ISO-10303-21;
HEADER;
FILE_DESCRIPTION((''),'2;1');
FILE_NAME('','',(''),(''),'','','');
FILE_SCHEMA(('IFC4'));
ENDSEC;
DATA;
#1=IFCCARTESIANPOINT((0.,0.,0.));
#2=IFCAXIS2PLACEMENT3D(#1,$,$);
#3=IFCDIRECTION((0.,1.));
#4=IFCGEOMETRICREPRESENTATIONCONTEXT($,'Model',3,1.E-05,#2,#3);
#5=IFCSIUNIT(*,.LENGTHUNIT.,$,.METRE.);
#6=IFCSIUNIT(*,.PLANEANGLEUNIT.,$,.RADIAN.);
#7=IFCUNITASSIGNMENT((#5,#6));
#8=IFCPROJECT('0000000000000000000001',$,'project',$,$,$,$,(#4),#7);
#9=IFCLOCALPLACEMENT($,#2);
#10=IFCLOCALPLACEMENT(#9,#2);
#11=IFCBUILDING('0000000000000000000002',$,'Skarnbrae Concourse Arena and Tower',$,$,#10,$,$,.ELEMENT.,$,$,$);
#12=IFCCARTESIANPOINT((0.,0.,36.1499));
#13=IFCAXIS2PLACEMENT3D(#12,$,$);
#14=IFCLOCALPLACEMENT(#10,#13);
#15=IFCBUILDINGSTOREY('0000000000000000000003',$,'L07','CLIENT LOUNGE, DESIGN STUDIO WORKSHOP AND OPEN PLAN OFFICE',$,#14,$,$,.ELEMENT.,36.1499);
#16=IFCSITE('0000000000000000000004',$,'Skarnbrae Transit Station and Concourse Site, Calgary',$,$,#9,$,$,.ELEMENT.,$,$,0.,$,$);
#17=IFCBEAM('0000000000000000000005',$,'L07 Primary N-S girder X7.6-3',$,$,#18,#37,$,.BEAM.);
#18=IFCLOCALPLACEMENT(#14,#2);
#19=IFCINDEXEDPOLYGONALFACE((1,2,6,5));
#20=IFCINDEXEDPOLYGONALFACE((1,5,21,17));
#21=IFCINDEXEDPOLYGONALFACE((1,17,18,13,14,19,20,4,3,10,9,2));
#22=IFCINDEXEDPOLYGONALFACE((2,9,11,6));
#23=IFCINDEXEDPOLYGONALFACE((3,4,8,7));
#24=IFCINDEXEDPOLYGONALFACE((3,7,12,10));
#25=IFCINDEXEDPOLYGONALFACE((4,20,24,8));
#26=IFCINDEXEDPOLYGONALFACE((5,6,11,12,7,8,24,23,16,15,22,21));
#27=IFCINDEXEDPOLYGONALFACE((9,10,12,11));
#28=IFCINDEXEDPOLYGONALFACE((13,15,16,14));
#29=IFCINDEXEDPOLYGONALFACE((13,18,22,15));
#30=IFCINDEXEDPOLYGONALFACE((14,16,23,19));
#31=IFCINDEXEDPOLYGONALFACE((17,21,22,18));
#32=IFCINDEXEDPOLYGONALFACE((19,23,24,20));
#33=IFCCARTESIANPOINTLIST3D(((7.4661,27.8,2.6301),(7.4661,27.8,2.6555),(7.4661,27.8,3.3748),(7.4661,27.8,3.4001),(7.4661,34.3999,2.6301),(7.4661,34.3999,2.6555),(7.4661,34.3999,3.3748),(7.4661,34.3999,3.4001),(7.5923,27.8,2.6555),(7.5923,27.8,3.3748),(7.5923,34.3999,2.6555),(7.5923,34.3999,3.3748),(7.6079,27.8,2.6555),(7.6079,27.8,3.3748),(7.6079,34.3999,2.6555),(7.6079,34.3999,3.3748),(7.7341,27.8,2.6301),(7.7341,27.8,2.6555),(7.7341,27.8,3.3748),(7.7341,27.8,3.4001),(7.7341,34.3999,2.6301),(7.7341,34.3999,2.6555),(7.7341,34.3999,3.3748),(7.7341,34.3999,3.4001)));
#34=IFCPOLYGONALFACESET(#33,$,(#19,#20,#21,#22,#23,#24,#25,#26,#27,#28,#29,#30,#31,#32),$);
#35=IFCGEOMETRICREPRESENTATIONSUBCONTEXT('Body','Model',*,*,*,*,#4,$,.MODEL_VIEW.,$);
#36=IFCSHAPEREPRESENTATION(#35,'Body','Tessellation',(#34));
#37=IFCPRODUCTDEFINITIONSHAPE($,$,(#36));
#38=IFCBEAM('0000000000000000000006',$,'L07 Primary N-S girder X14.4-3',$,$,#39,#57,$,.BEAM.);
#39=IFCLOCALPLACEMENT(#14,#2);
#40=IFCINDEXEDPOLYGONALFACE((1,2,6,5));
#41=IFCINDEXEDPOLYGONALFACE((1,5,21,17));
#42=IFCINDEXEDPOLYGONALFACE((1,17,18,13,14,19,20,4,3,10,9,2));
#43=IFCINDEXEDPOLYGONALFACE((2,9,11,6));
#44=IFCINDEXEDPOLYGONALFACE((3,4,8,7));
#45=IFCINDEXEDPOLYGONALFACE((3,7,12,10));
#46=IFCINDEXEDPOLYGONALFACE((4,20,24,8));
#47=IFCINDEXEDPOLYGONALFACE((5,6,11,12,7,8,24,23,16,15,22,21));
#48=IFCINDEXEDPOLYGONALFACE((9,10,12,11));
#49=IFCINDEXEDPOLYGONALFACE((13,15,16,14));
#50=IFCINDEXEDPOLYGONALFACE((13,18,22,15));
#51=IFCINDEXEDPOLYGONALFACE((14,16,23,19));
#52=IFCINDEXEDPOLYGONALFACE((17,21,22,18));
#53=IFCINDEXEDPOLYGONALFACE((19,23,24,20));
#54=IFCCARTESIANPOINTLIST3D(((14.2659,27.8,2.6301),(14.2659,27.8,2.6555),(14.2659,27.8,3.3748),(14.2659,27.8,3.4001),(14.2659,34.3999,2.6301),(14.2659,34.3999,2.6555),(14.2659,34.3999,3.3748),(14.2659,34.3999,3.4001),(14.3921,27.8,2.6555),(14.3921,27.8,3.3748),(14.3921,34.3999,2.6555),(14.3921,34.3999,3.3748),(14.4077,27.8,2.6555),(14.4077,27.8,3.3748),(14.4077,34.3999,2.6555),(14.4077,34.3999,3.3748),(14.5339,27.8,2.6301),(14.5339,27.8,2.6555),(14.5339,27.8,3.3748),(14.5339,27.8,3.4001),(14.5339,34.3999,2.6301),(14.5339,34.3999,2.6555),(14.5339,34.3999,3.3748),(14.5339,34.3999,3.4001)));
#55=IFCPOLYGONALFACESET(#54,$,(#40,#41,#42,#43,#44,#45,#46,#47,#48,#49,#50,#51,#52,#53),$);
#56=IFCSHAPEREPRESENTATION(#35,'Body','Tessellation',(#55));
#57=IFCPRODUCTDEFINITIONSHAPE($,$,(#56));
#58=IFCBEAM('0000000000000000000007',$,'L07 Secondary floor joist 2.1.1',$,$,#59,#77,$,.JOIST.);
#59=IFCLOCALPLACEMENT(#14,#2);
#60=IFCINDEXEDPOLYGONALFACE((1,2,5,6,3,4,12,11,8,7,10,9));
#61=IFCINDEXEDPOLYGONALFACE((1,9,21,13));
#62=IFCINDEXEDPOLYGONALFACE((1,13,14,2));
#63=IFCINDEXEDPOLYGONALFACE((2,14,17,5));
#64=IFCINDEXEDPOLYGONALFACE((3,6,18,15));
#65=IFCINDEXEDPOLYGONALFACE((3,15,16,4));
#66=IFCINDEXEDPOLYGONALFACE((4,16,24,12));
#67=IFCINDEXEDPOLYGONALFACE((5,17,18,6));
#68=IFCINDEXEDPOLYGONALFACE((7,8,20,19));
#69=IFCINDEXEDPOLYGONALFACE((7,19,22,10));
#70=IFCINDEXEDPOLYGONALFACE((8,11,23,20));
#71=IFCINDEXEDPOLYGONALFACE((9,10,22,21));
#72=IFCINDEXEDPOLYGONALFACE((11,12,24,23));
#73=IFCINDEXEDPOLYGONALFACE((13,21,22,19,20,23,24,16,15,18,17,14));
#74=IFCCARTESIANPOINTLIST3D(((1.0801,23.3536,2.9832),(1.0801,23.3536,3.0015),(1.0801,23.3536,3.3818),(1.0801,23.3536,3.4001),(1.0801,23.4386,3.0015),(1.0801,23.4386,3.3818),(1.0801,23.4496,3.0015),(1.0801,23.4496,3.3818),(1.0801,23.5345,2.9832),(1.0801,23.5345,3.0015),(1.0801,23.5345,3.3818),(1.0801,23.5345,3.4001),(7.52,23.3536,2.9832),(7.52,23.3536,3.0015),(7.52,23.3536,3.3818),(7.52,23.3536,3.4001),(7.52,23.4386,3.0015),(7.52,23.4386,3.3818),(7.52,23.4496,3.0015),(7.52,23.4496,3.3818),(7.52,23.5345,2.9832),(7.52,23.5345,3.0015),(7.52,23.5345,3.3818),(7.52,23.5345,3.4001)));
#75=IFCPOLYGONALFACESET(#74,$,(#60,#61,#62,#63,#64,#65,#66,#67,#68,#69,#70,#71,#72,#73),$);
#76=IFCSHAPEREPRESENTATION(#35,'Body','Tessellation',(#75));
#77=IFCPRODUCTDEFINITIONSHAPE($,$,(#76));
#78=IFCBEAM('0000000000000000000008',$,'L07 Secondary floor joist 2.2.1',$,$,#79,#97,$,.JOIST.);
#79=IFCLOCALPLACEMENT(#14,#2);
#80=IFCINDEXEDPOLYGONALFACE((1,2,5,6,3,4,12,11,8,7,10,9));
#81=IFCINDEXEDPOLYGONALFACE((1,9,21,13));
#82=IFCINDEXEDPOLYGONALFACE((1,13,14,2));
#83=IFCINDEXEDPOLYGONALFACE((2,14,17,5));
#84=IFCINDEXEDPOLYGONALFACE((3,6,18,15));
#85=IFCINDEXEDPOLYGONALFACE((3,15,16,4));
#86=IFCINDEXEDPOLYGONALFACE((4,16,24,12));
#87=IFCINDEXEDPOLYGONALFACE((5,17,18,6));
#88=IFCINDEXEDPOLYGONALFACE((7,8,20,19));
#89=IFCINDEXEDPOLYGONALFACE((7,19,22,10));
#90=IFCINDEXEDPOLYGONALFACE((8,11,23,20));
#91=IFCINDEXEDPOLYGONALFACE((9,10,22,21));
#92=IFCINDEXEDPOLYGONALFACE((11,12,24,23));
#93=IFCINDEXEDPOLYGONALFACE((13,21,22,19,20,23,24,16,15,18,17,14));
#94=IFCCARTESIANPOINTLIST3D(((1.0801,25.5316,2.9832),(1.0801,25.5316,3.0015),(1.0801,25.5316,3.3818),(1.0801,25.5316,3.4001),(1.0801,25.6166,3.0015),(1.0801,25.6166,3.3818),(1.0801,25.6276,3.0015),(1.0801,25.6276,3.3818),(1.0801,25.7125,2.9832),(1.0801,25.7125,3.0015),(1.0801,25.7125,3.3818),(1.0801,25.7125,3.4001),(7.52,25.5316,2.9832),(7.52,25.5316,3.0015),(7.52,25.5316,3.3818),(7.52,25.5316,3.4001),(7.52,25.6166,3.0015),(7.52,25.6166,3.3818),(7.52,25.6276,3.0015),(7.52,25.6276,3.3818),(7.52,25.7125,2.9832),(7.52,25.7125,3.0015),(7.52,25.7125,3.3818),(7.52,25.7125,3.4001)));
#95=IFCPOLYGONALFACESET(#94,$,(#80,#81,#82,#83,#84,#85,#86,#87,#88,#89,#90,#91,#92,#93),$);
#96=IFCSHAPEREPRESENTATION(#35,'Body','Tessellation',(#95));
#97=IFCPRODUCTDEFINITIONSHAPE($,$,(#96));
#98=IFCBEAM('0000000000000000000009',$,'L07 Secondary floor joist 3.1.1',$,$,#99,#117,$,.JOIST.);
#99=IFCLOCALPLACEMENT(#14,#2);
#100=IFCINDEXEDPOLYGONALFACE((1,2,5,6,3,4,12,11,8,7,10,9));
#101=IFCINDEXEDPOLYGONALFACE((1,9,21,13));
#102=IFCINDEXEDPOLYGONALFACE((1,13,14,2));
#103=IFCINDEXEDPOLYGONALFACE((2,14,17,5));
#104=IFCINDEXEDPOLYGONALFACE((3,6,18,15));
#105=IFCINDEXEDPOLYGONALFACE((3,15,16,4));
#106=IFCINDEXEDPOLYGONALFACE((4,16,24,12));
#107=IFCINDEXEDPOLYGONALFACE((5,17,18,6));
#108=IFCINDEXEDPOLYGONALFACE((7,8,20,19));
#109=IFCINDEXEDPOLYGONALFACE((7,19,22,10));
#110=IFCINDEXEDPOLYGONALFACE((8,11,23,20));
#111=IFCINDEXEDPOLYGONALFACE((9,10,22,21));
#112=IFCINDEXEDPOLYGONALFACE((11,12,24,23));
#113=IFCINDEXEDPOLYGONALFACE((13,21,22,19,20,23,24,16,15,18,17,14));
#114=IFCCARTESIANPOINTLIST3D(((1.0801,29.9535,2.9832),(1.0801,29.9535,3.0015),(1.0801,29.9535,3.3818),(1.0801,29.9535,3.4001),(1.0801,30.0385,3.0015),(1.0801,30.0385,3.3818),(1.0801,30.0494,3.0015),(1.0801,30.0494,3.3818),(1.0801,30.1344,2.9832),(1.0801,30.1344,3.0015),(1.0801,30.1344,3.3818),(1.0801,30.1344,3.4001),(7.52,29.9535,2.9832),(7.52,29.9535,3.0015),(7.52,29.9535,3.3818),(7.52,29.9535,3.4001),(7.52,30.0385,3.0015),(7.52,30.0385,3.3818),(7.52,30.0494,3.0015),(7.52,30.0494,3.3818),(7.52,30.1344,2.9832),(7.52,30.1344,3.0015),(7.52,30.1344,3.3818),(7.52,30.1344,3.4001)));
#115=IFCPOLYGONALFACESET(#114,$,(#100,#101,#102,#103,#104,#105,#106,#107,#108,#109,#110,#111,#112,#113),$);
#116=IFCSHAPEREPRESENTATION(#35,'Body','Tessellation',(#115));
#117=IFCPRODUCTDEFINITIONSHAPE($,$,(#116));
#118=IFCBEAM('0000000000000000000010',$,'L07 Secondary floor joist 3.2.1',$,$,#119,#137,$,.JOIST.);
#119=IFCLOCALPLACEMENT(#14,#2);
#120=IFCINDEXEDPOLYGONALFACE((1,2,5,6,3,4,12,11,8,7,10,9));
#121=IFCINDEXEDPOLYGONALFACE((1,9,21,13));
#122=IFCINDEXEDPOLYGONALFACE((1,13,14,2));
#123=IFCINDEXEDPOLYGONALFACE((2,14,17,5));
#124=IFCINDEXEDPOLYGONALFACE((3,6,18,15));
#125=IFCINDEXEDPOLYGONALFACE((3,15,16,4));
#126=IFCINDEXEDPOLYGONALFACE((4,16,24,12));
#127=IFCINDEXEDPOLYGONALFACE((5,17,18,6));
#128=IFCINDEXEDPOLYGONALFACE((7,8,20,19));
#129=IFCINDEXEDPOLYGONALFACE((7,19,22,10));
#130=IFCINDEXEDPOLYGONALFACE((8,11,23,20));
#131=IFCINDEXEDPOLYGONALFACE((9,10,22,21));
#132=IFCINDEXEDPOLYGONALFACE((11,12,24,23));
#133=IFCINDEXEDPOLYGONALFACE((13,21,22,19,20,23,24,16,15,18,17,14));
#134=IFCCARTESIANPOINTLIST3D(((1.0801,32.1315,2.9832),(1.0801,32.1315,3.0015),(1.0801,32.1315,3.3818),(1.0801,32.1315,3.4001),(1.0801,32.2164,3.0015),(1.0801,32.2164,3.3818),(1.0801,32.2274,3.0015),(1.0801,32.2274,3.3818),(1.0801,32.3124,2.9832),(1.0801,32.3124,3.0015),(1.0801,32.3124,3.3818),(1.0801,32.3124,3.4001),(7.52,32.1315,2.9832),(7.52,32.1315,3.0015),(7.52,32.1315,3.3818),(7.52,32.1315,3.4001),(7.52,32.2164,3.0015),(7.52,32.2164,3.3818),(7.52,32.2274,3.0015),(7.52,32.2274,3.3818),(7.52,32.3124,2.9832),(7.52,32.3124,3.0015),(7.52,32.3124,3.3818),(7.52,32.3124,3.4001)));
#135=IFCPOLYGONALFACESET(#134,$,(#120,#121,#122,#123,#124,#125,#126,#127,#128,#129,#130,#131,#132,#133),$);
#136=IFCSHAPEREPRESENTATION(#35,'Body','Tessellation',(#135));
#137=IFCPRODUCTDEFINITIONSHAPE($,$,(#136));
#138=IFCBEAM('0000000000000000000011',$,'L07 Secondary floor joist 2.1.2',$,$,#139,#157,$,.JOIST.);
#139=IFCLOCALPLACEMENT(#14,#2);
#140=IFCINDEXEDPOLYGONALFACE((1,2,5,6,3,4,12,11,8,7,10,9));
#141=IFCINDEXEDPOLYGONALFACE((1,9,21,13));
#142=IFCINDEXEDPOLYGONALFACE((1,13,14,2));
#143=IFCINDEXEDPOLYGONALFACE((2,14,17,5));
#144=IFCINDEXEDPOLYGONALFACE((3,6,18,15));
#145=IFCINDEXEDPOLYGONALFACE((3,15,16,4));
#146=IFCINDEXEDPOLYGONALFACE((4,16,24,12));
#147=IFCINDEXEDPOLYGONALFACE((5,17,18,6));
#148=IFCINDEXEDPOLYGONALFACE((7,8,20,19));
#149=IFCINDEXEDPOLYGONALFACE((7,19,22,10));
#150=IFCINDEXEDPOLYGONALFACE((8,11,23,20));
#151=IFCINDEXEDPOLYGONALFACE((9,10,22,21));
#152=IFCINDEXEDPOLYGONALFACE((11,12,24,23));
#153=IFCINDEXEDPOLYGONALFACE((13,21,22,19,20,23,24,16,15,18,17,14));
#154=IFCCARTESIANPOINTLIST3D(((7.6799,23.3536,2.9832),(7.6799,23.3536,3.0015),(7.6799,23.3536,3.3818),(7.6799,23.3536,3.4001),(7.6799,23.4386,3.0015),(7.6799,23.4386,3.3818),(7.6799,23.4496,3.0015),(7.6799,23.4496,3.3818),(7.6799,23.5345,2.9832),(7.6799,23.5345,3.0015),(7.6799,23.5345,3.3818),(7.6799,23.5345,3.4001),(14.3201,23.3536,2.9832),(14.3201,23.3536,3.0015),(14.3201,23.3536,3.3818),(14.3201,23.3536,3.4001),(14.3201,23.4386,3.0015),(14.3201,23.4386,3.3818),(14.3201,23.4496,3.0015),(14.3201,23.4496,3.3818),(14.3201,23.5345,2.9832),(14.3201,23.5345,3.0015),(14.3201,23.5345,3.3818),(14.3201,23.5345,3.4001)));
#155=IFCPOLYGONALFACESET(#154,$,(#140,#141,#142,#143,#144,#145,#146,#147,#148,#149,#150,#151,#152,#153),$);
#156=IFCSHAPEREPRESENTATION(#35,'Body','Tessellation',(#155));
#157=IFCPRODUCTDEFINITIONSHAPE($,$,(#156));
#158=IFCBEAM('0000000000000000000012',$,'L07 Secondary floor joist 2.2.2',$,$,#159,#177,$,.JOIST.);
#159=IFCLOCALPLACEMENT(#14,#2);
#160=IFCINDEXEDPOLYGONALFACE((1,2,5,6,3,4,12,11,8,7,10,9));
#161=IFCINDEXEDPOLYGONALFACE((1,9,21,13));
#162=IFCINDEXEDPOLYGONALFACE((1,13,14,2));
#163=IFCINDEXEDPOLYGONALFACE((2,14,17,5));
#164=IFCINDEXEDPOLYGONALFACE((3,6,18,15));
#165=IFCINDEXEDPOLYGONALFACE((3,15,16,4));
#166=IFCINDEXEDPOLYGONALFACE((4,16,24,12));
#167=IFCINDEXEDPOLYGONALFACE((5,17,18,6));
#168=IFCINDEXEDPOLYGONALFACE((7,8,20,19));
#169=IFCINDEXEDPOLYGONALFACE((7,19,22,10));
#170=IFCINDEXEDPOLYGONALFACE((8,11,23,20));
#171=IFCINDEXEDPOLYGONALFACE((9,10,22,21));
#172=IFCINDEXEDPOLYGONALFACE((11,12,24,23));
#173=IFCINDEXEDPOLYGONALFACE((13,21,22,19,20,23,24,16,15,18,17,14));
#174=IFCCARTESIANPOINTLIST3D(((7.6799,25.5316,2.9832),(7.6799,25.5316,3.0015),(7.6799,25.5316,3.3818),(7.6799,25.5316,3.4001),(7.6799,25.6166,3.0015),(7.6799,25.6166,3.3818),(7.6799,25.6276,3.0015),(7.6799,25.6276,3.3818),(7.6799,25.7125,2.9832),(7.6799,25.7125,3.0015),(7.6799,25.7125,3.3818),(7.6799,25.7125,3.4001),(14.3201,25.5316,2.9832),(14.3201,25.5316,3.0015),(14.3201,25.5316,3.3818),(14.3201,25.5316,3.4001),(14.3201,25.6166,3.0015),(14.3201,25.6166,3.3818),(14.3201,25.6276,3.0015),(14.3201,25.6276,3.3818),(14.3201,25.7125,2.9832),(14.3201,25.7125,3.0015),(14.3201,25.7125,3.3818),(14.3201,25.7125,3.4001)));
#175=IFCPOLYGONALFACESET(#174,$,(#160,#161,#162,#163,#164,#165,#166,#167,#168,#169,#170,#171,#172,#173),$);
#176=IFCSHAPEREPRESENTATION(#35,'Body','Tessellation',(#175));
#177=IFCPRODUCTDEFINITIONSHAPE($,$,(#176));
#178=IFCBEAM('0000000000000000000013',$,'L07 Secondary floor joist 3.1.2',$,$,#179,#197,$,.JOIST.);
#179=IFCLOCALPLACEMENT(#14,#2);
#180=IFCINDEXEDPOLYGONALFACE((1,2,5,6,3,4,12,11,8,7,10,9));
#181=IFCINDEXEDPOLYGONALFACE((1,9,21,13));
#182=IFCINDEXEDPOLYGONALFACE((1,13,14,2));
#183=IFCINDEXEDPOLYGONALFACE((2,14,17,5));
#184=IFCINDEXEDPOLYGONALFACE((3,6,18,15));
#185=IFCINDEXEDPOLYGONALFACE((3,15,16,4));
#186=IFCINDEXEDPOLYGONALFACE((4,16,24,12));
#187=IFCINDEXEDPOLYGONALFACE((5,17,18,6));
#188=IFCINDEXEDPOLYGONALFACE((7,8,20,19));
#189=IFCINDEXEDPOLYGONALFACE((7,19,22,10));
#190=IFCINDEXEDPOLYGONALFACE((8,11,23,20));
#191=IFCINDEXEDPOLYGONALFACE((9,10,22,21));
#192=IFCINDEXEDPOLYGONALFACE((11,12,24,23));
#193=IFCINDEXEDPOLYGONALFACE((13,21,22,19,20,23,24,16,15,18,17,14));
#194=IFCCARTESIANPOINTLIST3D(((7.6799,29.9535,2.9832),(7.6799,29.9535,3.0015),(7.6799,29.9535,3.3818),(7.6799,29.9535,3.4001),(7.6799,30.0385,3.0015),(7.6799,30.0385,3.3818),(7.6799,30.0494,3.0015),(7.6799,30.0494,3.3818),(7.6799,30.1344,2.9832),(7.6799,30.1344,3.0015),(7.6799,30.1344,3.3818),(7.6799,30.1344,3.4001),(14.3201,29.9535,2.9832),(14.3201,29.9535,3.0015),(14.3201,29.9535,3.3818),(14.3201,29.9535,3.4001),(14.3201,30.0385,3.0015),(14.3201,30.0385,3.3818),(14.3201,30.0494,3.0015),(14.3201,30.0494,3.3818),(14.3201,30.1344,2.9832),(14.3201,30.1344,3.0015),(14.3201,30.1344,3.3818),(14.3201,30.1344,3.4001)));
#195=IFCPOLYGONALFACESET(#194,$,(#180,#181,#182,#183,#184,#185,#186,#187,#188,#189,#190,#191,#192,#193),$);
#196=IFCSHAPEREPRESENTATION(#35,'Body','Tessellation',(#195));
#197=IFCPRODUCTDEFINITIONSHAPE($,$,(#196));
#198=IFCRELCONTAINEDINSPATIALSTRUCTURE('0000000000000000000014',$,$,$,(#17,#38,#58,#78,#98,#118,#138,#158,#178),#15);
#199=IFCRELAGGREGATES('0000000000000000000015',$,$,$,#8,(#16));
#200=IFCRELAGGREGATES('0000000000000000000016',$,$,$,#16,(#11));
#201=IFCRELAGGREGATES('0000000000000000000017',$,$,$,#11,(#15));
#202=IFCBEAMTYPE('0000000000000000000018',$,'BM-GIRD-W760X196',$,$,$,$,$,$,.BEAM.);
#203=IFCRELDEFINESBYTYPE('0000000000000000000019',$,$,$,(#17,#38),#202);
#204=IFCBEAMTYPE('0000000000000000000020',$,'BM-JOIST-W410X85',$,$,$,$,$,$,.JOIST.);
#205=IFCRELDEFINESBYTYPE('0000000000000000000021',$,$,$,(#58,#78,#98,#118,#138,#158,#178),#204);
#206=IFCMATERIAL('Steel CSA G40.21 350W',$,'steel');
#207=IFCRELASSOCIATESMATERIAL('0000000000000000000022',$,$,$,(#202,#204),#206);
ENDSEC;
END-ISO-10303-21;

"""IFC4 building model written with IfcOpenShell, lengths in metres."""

from ifc_helpers import new_model, si_unit, direction, frame, origin, origin_2d, place, context, subcontext, project, spatial, i_section, extrude, source, transform, mapped, material, material_profile, profile_set, type_object, element, save


model = new_model("IFC4")

# Units and contexts
model_context = context("Model", 3, precision=1e-05, world=origin(), true_north=direction((0.0, 1.0)))
body_context = subcontext(model_context, "Body", "Model", "MODEL_VIEW")
ifc_project = project(units=[si_unit("LENGTHUNIT", "METRE"), si_unit("PLANEANGLEUNIT", "RADIAN")], contexts=[model_context])

# Site, building, storey
site_placement = place(None, origin())
site = spatial("IfcSite", under=ifc_project, at=site_placement, Name="Skarnbrae Transit Station and Concourse Site, Calgary", CompositionType="ELEMENT", RefElevation=0.0)
building_placement = place(site_placement, origin())
building = spatial("IfcBuilding", under=site, at=building_placement, Name="Skarnbrae Concourse Arena and Tower", CompositionType="ELEMENT")
storey_placement = place(building_placement, frame((0.0, 0.0, 36.1499)))
storey = spatial("IfcBuildingStorey", under=building, at=storey_placement, Name="L07", Description="CLIENT LOUNGE, DESIGN STUDIO WORKSHOP AND OPEN PLAN OFFICE", CompositionType="ELEMENT", Elevation=36.1499)

# Shared definitions
ifc_material_1 = material(Name="Steel CSA G40.21 350W", Category="steel")

# Beams
ifc_material_profile_1 = material_profile(ifc_material_1, i_section(OverallWidth=0.2681, OverallDepth=0.77, WebThickness=0.0156, FlangeThickness=0.0254, at=origin_2d()), Name="W760X196")
ifc_profile_set_1 = profile_set([ifc_material_profile_1], Name="Steel CSA G40.21 350W")
beam_type_1 = type_object("IfcBeamType", Name="BM-GIRD-W760X196", PredefinedType="BEAM", material=ifc_profile_set_1)
shared_shape_1 = source(origin(), body_context, "Body", "SweptSolid", [
    extrude(i_section(OverallWidth=0.2681, OverallDepth=0.77, WebThickness=0.0156, FlangeThickness=0.0254, at=origin_2d()), origin(), (0.0, 0.0, 1.0), 6.5999),
])
for number, where, z_axis, x_axis, name in (
    (1, (7.6001, 27.8, 3.0151), (0.0, 1.0, 0.0), (-1.0, 0.0, 0.0), "L07 Primary N-S girder X7.6-3"),
    (2, (14.3999, 27.8, 3.0151), (0.0, 1.0, 0.0), (-1.0, 0.0, 0.0), "L07 Primary N-S girder X14.4-3"),
):
    element("IfcBeam", number, at=place(storey_placement, frame(where, z_axis=z_axis, x_axis=x_axis)), inside=storey, type_object=beam_type_1, Name=name, PredefinedType="BEAM", context=body_context, shape_type="MappedRepresentation", body=[
        mapped(shared_shape_1, transform((0.0, 0.0, 0.0))),
    ])
ifc_material_profile_2 = material_profile(ifc_material_1, i_section(OverallWidth=0.1809, OverallDepth=0.417, WebThickness=0.011, FlangeThickness=0.0183, at=origin_2d()), Name="W410X85")
ifc_profile_set_2 = profile_set([ifc_material_profile_2], Name="Steel CSA G40.21 350W")
beam_type_2 = type_object("IfcBeamType", Name="BM-JOIST-W410X85", PredefinedType="JOIST", material=ifc_profile_set_2)
shared_shape_2 = source(origin(), body_context, "Body", "SweptSolid", [
    extrude(i_section(OverallWidth=0.1809, OverallDepth=0.417, WebThickness=0.011, FlangeThickness=0.0183, at=origin_2d()), origin(), (0.0, 0.0, 1.0), 6.4399),
])
for number, where, z_axis, x_axis, name in (
    (3, (1.0801, 23.4441, 3.1917), (1.0, 0.0, 0.0), (0.0, 1.0, 0.0), "L07 Secondary floor joist 2.1.1"),
    (4, (1.0801, 25.6221, 3.1917), (1.0, 0.0, 0.0), (0.0, 1.0, 0.0), "L07 Secondary floor joist 2.2.1"),
    (5, (1.0801, 30.0439, 3.1917), (1.0, 0.0, 0.0), (0.0, 1.0, 0.0), "L07 Secondary floor joist 3.1.1"),
    (6, (1.0801, 32.2219, 3.1917), (1.0, 0.0, 0.0), (0.0, 1.0, 0.0), "L07 Secondary floor joist 3.2.1"),
):
    element("IfcBeam", number, at=place(storey_placement, frame(where, z_axis=z_axis, x_axis=x_axis)), inside=storey, type_object=beam_type_2, Name=name, PredefinedType="JOIST", context=body_context, shape_type="MappedRepresentation", body=[
        mapped(shared_shape_2, transform((0.0, 0.0, 0.0))),
    ])
shared_shape_3 = source(origin(), body_context, "Body", "SweptSolid", [
    extrude(i_section(OverallWidth=0.1809, OverallDepth=0.417, WebThickness=0.011, FlangeThickness=0.0183, at=origin_2d()), origin(), (0.0, 0.0, 1.0), 6.6401),
])
for number, where, z_axis, x_axis, name in (
    (7, (7.6799, 23.4441, 3.1917), (1.0, 0.0, 0.0), (0.0, 1.0, 0.0), "L07 Secondary floor joist 2.1.2"),
    (8, (7.6799, 25.6221, 3.1917), (1.0, 0.0, 0.0), (0.0, 1.0, 0.0), "L07 Secondary floor joist 2.2.2"),
    (9, (7.6799, 30.0439, 3.1917), (1.0, 0.0, 0.0), (0.0, 1.0, 0.0), "L07 Secondary floor joist 3.1.2"),
):
    element("IfcBeam", number, at=place(storey_placement, frame(where, z_axis=z_axis, x_axis=x_axis)), inside=storey, type_object=beam_type_2, Name=name, PredefinedType="JOIST", context=body_context, shape_type="MappedRepresentation", body=[
        mapped(shared_shape_3, transform((0.0, 0.0, 0.0))),
    ])

save(model, "model.ifc")
